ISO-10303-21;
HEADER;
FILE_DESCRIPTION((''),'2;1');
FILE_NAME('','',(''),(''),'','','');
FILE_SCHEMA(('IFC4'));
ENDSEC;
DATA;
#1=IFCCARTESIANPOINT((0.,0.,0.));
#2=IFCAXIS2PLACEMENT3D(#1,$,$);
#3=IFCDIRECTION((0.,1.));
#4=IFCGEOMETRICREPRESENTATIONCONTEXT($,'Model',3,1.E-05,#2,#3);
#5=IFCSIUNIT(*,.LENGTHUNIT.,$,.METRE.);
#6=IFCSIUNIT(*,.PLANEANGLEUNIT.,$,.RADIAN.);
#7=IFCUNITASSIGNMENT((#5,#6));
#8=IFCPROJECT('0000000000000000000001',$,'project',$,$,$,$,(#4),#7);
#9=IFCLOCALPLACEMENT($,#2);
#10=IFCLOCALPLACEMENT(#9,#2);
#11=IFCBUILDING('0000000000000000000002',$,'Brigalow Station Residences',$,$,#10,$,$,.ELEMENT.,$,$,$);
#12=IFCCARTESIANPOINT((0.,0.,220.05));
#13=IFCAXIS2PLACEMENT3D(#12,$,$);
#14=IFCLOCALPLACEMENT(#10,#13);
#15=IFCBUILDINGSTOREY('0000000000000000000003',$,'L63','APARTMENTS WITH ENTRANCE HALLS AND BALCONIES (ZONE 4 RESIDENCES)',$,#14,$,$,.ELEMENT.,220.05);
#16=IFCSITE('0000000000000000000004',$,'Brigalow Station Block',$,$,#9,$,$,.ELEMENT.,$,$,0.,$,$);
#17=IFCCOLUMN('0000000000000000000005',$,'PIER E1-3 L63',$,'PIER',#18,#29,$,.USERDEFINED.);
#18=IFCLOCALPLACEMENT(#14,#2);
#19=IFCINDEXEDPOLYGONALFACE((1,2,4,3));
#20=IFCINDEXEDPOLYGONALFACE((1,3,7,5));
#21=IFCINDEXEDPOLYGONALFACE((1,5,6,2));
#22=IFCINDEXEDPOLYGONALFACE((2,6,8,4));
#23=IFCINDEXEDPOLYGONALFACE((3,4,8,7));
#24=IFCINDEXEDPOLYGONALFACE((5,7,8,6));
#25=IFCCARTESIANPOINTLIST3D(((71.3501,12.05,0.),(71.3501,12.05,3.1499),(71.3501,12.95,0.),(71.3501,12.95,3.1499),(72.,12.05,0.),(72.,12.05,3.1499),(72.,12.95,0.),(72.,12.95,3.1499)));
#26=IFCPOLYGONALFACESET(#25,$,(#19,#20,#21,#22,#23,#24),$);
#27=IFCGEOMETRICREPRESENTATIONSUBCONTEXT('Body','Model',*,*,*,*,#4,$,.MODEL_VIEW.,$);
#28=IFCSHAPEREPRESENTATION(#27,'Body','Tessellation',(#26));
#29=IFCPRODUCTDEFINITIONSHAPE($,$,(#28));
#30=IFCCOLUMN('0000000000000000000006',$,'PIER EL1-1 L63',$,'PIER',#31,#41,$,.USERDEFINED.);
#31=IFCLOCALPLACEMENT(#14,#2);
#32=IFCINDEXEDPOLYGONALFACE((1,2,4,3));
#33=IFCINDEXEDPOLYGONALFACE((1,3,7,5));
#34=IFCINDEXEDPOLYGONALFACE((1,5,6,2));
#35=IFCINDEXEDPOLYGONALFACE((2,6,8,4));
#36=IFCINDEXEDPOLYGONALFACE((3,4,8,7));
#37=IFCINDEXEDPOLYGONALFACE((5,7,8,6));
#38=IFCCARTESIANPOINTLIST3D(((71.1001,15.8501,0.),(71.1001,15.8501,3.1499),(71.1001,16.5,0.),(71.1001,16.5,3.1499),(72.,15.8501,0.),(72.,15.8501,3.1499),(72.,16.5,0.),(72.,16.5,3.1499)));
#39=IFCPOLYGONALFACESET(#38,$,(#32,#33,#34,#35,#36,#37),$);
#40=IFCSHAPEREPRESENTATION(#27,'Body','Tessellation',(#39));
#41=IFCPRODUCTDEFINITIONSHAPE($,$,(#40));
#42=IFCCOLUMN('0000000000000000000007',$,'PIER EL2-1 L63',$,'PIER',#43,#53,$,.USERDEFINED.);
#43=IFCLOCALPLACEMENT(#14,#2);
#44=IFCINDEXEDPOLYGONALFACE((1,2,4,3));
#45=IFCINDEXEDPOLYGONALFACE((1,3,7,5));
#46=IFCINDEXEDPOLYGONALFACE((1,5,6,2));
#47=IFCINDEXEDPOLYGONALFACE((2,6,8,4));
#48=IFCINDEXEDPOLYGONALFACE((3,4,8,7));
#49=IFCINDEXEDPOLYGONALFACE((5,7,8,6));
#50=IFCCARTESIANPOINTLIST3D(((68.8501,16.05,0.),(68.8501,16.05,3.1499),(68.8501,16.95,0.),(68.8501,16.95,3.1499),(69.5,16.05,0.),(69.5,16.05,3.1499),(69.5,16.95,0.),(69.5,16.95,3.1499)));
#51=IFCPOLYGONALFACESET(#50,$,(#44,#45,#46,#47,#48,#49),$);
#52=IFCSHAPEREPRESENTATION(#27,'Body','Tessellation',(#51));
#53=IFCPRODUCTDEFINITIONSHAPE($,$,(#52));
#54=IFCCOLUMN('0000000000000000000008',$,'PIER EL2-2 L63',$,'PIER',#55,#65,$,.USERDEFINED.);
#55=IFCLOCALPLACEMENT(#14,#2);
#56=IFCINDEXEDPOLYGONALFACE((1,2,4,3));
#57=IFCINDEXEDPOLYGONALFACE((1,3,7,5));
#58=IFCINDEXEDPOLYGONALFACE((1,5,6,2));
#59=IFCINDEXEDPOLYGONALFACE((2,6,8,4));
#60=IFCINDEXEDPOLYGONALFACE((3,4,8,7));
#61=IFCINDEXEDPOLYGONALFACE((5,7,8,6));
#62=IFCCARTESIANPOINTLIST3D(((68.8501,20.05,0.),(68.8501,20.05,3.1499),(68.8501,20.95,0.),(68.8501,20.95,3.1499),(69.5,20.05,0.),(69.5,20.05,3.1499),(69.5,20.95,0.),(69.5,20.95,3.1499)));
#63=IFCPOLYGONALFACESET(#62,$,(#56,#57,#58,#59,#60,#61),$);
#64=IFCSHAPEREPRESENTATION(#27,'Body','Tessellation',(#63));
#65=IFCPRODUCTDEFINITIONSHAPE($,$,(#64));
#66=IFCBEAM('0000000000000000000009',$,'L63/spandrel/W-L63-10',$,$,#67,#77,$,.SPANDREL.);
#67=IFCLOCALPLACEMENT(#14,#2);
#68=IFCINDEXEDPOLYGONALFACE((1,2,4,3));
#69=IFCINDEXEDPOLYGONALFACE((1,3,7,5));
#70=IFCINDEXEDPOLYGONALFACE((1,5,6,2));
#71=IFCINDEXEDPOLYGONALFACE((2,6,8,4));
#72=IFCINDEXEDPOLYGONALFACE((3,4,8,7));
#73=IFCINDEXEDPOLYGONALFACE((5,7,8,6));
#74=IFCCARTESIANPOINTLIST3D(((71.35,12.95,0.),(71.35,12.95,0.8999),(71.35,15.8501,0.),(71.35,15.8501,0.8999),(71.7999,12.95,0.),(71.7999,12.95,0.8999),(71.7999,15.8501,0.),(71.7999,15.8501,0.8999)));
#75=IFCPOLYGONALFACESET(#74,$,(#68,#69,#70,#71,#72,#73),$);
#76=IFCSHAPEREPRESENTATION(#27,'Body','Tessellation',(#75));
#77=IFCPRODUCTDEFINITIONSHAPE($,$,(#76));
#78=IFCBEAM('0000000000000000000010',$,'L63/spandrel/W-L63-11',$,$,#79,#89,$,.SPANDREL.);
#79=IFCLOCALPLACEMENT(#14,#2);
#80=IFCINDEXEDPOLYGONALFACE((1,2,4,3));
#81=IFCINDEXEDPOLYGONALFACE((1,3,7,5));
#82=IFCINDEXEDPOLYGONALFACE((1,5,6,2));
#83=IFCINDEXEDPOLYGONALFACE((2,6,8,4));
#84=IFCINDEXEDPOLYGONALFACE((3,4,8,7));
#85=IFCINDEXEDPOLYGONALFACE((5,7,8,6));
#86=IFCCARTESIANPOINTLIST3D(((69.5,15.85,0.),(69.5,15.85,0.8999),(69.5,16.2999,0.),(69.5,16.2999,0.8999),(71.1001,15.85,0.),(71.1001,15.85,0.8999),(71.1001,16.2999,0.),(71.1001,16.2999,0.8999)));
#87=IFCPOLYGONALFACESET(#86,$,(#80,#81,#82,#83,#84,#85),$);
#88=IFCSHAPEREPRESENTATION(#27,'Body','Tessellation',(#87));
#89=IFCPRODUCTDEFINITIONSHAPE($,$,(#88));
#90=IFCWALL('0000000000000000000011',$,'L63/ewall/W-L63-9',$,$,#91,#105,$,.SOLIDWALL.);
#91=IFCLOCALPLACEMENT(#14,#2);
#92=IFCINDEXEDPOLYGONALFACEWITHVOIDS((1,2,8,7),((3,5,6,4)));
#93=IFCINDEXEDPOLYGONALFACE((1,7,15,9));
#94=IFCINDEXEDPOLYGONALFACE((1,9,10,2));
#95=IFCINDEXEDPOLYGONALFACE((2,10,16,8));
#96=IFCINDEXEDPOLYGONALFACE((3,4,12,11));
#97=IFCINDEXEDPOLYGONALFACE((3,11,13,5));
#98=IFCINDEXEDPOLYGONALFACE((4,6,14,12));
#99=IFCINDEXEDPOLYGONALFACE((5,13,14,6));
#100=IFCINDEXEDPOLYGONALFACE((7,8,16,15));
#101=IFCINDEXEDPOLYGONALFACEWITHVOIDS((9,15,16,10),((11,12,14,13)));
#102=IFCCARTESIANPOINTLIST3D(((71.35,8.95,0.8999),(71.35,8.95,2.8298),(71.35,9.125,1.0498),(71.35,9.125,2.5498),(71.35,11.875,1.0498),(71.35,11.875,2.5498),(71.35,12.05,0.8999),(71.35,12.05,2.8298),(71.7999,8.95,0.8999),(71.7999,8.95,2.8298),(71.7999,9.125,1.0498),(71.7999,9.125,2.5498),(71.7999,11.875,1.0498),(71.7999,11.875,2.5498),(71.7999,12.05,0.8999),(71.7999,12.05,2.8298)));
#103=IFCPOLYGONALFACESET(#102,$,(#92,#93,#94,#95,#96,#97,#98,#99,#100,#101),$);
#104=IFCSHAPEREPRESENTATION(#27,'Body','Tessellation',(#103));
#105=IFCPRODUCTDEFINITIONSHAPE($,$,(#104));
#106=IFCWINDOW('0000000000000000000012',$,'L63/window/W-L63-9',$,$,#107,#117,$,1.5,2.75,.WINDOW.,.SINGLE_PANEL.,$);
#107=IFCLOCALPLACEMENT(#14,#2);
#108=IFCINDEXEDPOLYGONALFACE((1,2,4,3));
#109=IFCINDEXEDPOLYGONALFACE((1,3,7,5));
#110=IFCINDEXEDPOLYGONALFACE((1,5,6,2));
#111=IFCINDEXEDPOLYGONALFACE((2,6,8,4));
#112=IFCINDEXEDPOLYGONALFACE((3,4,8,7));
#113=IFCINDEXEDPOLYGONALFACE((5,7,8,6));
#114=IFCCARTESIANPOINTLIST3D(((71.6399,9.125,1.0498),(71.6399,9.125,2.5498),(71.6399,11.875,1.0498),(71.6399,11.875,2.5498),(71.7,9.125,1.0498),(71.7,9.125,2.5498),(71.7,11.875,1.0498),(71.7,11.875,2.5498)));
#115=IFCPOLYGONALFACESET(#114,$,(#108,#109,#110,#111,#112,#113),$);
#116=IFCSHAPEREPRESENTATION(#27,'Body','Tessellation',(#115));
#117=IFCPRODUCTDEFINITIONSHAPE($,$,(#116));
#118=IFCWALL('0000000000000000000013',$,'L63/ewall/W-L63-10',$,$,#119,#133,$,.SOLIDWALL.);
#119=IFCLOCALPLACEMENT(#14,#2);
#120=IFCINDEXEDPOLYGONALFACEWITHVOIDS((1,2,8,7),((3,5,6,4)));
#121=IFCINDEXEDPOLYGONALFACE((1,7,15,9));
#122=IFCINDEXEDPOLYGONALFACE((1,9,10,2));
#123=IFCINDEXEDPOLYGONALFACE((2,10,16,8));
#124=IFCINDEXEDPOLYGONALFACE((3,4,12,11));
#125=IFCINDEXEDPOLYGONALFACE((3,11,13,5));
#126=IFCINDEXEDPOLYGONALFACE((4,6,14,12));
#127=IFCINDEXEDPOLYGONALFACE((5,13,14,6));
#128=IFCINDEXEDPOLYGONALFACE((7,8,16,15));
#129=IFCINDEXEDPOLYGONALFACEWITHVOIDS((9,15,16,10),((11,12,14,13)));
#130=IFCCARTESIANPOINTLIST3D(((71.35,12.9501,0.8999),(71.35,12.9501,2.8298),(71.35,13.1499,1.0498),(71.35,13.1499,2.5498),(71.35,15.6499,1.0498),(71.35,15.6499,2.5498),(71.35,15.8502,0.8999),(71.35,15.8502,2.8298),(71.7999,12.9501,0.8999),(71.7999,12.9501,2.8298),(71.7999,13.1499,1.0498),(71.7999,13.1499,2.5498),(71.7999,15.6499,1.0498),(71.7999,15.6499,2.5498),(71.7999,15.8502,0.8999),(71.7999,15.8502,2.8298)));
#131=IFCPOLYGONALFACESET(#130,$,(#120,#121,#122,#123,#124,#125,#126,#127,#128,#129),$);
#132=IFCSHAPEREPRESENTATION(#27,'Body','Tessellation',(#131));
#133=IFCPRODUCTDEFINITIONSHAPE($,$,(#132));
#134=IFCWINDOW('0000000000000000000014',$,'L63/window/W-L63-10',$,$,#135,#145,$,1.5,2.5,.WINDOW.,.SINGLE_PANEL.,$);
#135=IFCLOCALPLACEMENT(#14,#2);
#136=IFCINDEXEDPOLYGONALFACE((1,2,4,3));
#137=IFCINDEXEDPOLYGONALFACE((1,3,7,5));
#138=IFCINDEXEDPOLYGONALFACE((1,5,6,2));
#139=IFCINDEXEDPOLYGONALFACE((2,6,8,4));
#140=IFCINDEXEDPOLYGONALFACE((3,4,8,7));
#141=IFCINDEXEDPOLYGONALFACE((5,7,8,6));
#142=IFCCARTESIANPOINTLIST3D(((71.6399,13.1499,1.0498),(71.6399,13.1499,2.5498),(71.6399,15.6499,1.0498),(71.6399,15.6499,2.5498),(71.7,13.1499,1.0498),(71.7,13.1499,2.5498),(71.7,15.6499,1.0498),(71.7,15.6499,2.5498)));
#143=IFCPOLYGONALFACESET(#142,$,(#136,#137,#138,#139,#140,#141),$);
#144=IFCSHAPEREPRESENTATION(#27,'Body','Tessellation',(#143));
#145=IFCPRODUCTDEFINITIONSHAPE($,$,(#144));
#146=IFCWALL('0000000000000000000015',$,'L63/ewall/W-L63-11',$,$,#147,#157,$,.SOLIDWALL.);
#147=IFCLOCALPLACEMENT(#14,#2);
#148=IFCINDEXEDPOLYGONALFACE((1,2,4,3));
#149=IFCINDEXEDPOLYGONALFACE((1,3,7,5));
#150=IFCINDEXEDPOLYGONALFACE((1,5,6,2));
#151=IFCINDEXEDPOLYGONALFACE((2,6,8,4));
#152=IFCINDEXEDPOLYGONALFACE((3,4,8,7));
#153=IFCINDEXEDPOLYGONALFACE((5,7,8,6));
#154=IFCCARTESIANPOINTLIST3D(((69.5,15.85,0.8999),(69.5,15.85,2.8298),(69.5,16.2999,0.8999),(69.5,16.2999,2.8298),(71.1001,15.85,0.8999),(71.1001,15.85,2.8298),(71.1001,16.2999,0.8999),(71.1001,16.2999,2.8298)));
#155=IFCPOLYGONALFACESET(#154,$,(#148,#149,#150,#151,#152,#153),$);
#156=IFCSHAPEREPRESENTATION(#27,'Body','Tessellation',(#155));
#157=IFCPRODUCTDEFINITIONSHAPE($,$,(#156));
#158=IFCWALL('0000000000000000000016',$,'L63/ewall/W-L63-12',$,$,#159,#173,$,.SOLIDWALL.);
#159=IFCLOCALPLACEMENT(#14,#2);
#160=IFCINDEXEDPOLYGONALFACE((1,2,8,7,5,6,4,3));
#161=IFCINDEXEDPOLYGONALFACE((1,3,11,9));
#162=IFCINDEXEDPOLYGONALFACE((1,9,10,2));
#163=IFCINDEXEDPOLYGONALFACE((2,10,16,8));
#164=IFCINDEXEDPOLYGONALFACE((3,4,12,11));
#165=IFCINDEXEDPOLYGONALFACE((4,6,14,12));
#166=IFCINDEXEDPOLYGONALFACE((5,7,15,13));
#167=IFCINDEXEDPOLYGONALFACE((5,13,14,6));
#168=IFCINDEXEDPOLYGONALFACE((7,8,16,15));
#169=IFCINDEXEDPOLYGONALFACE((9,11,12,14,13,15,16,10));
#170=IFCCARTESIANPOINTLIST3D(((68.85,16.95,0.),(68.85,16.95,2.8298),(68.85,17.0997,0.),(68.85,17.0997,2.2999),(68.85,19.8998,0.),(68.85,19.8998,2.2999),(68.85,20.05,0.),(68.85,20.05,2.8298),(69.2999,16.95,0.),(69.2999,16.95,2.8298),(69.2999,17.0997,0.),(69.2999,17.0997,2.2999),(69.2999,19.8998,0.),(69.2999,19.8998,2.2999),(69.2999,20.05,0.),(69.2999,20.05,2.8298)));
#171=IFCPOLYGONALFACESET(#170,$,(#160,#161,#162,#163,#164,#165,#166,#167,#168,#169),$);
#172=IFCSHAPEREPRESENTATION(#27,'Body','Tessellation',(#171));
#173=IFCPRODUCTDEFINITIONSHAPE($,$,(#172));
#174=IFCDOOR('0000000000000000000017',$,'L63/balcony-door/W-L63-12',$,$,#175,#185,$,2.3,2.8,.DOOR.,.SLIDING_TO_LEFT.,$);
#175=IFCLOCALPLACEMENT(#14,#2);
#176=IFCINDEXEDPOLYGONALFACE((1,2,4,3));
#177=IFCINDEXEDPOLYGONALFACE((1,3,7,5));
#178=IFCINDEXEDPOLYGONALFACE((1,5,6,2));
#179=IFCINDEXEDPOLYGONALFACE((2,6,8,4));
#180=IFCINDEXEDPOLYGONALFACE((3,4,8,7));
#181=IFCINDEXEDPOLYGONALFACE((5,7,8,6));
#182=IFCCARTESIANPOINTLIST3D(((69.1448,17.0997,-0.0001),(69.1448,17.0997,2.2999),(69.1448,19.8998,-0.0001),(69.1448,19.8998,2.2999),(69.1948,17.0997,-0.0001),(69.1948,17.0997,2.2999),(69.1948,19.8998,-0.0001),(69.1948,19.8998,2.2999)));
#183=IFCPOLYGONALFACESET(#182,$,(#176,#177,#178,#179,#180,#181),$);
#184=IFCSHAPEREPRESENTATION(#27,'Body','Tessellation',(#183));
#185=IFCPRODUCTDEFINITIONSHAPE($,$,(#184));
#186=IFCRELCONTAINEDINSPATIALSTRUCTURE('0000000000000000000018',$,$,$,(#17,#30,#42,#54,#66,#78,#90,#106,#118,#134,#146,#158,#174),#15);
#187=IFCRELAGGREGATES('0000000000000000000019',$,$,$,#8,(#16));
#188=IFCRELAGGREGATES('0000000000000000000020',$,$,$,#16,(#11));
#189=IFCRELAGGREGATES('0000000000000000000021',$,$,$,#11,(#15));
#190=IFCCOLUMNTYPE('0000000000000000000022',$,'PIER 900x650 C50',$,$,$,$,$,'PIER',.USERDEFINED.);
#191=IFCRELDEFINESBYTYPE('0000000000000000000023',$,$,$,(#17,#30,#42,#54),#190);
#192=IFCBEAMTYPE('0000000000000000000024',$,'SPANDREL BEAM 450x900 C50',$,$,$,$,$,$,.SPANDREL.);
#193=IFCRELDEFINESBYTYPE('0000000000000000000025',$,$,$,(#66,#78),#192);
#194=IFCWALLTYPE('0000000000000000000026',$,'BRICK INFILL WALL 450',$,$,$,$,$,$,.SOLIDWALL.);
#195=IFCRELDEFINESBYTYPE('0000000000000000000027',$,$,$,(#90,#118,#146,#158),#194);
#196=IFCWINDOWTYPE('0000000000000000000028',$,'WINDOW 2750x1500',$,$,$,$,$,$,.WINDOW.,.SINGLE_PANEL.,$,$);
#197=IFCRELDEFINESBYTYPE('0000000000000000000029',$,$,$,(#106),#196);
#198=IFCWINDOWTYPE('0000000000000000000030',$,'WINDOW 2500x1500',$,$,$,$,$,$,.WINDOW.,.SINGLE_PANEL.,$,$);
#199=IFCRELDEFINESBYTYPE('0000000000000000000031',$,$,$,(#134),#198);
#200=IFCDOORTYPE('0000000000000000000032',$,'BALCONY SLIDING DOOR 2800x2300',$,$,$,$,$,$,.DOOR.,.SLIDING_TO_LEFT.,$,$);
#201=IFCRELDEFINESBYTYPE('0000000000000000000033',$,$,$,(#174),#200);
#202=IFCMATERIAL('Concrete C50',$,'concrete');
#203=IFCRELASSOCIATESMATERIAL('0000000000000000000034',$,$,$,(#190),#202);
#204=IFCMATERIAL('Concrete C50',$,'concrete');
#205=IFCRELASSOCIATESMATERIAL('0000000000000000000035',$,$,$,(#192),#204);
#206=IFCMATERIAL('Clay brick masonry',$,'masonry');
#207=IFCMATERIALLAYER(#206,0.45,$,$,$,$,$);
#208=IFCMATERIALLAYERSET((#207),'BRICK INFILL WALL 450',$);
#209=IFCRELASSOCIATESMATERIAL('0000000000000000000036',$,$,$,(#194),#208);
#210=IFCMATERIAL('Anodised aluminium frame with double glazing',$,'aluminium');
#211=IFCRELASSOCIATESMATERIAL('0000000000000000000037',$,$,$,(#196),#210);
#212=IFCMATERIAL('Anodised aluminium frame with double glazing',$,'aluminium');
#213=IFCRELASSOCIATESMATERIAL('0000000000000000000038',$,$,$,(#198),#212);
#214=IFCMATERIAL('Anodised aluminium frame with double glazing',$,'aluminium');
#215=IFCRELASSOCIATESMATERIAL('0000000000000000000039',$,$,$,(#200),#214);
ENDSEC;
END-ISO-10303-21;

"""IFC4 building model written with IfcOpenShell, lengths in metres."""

from ifc_helpers import new_model, si_unit, direction, frame, frame_2d, origin, origin_2d, place, context, subcontext, project, spatial, rectangle, extrude, material, layer, layer_set, material_profile, profile_set, type_object, element, fill, save


model = new_model("IFC4")

# Units and contexts
model_context = context("Model", 3, precision=1e-05, world=origin(), true_north=direction((0.0, 1.0)))
body_context = subcontext(model_context, "Body", "Model", "MODEL_VIEW")
ifc_project = project(units=[si_unit("LENGTHUNIT", "METRE"), si_unit("PLANEANGLEUNIT", "RADIAN")], contexts=[model_context])

# Site, building, storey
site_placement = place(None, origin())
site = spatial("IfcSite", under=ifc_project, at=site_placement, Name="Brigalow Station Block", CompositionType="ELEMENT", RefElevation=0.0)
building_placement = place(site_placement, origin())
building = spatial("IfcBuilding", under=site, at=building_placement, Name="Brigalow Station Residences", CompositionType="ELEMENT")
storey_placement = place(building_placement, frame((0.0, 0.0, 220.05)))
storey = spatial("IfcBuildingStorey", under=building, at=storey_placement, Name="L63", Description="APARTMENTS WITH ENTRANCE HALLS AND BALCONIES (ZONE 4 RESIDENCES)", CompositionType="ELEMENT", Elevation=220.05)

# Columns
ifc_material_1 = material(Name="Concrete C50", Category="concrete")
ifc_material_profile_1 = material_profile(ifc_material_1, rectangle(XDim=0.8999, YDim=0.6499, at=origin_2d()), Name="RC900x650")
ifc_profile_set_1 = profile_set([ifc_material_profile_1], Name="Concrete C50")
column_type = type_object("IfcColumnType", Name="PIER 900x650 C50", ElementType="PIER", PredefinedType="USERDEFINED", material=ifc_profile_set_1)
for number, where, z_axis, x_axis, name in (
    (1, (71.675, 12.5, 0.0), (0.0, 0.0, 1.0), (0.0, 1.0, 0.0), "PIER E1-3 L63"),
    (2, (71.55, 16.175, 0.0), (0.0, 0.0, 1.0), (-1.0, 0.0, 0.0), "PIER EL1-1 L63"),
    (3, (69.175, 16.5, 0.0), (0.0, 0.0, 1.0), (0.0, 1.0, 0.0), "PIER EL2-1 L63"),
    (4, (69.175, 20.5, 0.0), (0.0, 0.0, 1.0), (0.0, 1.0, 0.0), "PIER EL2-2 L63"),
):
    element("IfcColumn", number, at=place(storey_placement, frame(where, z_axis=z_axis, x_axis=x_axis)), inside=storey, type_object=column_type, Name=name, ObjectType="PIER", PredefinedType="USERDEFINED", context=body_context, shape_type="SweptSolid", body=[
        extrude(rectangle(XDim=0.8999, YDim=0.6499, at=origin_2d()), origin(), (0.0, 0.0, 1.0), 3.1499),
    ])

# Beams
ifc_material_2 = material(Name="Concrete C50", Category="concrete")
ifc_material_profile_2 = material_profile(ifc_material_2, rectangle(XDim=0.45, YDim=0.8999, at=origin_2d()), Name="RC450x900")
ifc_profile_set_2 = profile_set([ifc_material_profile_2], Name="Concrete C50")
beam_type = type_object("IfcBeamType", Name="SPANDREL BEAM 450x900 C50", PredefinedType="SPANDREL", material=ifc_profile_set_2)
beam_1_placement = place(storey_placement, frame((71.575, 12.95, 0.45), z_axis=(0.0, 1.0, 0.0), x_axis=(-1.0, 0.0, 0.0)))
element("IfcBeam", 5, at=beam_1_placement, inside=storey, type_object=beam_type, Name="L63/spandrel/W-L63-10", PredefinedType="SPANDREL", context=body_context, shape_type="SweptSolid", body=[
    extrude(rectangle(XDim=0.45, YDim=0.8999, at=origin_2d()), origin(), (0.0, 0.0, 1.0), 2.9001),
])
beam_2_placement = place(storey_placement, frame((71.1001, 16.075, 0.45), z_axis=(-1.0, 0.0, 0.0), x_axis=(0.0, -1.0, 0.0)))
element("IfcBeam", 6, at=beam_2_placement, inside=storey, type_object=beam_type, Name="L63/spandrel/W-L63-11", PredefinedType="SPANDREL", context=body_context, shape_type="SweptSolid", body=[
    extrude(rectangle(XDim=0.45, YDim=0.8999, at=origin_2d()), origin(), (0.0, 0.0, 1.0), 1.6001),
])

# Walls, openings, windows
ifc_material_3 = material(Name="Clay brick masonry", Category="masonry")
ifc_layer = layer(ifc_material_3, 0.45)
ifc_layer_set = layer_set([ifc_layer], Name="BRICK INFILL WALL 450")
wall_type = type_object("IfcWallType", Name="BRICK INFILL WALL 450", PredefinedType="SOLIDWALL", material=ifc_layer_set)
wall_1_placement = place(storey_placement, frame((71.575, 8.95, 0.8999), z_axis=(0.0, 0.0, 1.0), x_axis=(0.0, 1.0, 0.0)))
wall_1 = element("IfcWall", 7, at=wall_1_placement, inside=storey, type_object=wall_type, Name="L63/ewall/W-L63-9", PredefinedType="SOLIDWALL", context=body_context, shape_type="SweptSolid", body=[
    extrude(rectangle(XDim=3.1001, YDim=0.45, at=frame_2d((1.55, 0.0))), origin(), (0.0, 0.0, 1.0), 1.9299),
])
opening_1_placement = place(wall_1_placement, frame((0.175, 0.0, 0.1499)))
opening_1 = element("IfcOpeningElement", 8, at=opening_1_placement, cuts=wall_1, PredefinedType="OPENING", context=body_context, shape_type="SweptSolid", body=[
    extrude(rectangle(XDim=2.75, YDim=1.5, at=frame_2d((1.375, 0.75))), frame((0.0, 0.2349, 0.0), z_axis=(0.0, -1.0, 0.0), x_axis=(1.0, 0.0, 0.0)), (0.0, 0.0, 1.0), 0.47),
])
ifc_material_4 = material(Name="Anodised aluminium frame with double glazing", Category="aluminium")
window_type_1 = type_object("IfcWindowType", Name="WINDOW 2750x1500", PartitioningType="SINGLE_PANEL", PredefinedType="WINDOW", material=ifc_material_4)
window_1_placement = place(opening_1_placement, origin())
window_1 = element("IfcWindow", 9, at=window_1_placement, inside=storey, type_object=window_type_1, Name="L63/window/W-L63-9", OverallHeight=1.5, OverallWidth=2.75, PartitioningType="SINGLE_PANEL", PredefinedType="WINDOW", context=body_context, shape_type="SweptSolid", body=[
    extrude(rectangle(XDim=2.75, YDim=1.5, at=frame_2d((1.375, 0.75))), frame((0.0, -0.0649, 0.0), z_axis=(0.0, -1.0, 0.0), x_axis=(1.0, 0.0, 0.0)), (0.0, 0.0, 1.0), 0.0601),
])
fill(opening_1, window_1)
wall_2_placement = place(storey_placement, frame((71.575, 12.95, 0.8999), z_axis=(0.0, 0.0, 1.0), x_axis=(0.0, 1.0, 0.0)))
wall_2 = element("IfcWall", 10, at=wall_2_placement, inside=storey, type_object=wall_type, Name="L63/ewall/W-L63-10", PredefinedType="SOLIDWALL", context=body_context, shape_type="SweptSolid", body=[
    extrude(rectangle(XDim=2.9001, YDim=0.45, at=frame_2d((1.4502, 0.0))), origin(), (0.0, 0.0, 1.0), 1.9299),
])
opening_2_placement = place(wall_2_placement, frame((0.2, 0.0, 0.1499)))
opening_2 = element("IfcOpeningElement", 11, at=opening_2_placement, cuts=wall_2, PredefinedType="OPENING", context=body_context, shape_type="SweptSolid", body=[
    extrude(rectangle(XDim=2.5, YDim=1.5, at=frame_2d((1.25, 0.75))), frame((0.0, 0.2349, 0.0), z_axis=(0.0, -1.0, 0.0), x_axis=(1.0, 0.0, 0.0)), (0.0, 0.0, 1.0), 0.47),
])
ifc_material_5 = material(Name="Anodised aluminium frame with double glazing", Category="aluminium")
window_type_2 = type_object("IfcWindowType", Name="WINDOW 2500x1500", PartitioningType="SINGLE_PANEL", PredefinedType="WINDOW", material=ifc_material_5)
window_2_placement = place(opening_2_placement, origin())
window_2 = element("IfcWindow", 12, at=window_2_placement, inside=storey, type_object=window_type_2, Name="L63/window/W-L63-10", OverallHeight=1.5, OverallWidth=2.5, PartitioningType="SINGLE_PANEL", PredefinedType="WINDOW", context=body_context, shape_type="SweptSolid", body=[
    extrude(rectangle(XDim=2.5, YDim=1.5, at=frame_2d((1.25, 0.75))), frame((0.0, -0.0649, 0.0), z_axis=(0.0, -1.0, 0.0), x_axis=(1.0, 0.0, 0.0)), (0.0, 0.0, 1.0), 0.0601),
])
fill(opening_2, window_2)

# Wall
wall_3_placement = place(storey_placement, frame((71.1001, 16.075, 0.8999), z_axis=(0.0, 0.0, 1.0), x_axis=(-1.0, 0.0, 0.0)))
element("IfcWall", 13, at=wall_3_placement, inside=storey, type_object=wall_type, Name="L63/ewall/W-L63-11", PredefinedType="SOLIDWALL", context=body_context, shape_type="SweptSolid", body=[
    extrude(rectangle(XDim=1.6001, YDim=0.45, at=frame_2d((0.8, 0.0))), origin(), (0.0, 0.0, 1.0), 1.9299),
])

# Wall, opening, door
wall_4_placement = place(storey_placement, frame((69.075, 16.95, 0.0), z_axis=(0.0, 0.0, 1.0), x_axis=(0.0, 1.0, 0.0)))
wall_4 = element("IfcWall", 14, at=wall_4_placement, inside=storey, type_object=wall_type, Name="L63/ewall/W-L63-12", PredefinedType="SOLIDWALL", context=body_context, shape_type="SweptSolid", body=[
    extrude(rectangle(XDim=3.1001, YDim=0.45, at=frame_2d((1.55, 0.0))), origin(), (0.0, 0.0, 1.0), 2.8298),
])
opening_3_placement = place(wall_4_placement, frame((0.1499, 0.0, 0.0)))
opening_3 = element("IfcOpeningElement", 15, at=opening_3_placement, cuts=wall_4, PredefinedType="OPENING", context=body_context, shape_type="SweptSolid", body=[
    extrude(rectangle(XDim=2.8, YDim=2.3, at=frame_2d((1.3999, 1.1499))), frame((0.0, 0.2349, 0.0), z_axis=(0.0, -1.0, 0.0), x_axis=(1.0, 0.0, 0.0)), (0.0, 0.0, 1.0), 0.47),
])
ifc_material_6 = material(Name="Anodised aluminium frame with double glazing", Category="aluminium")
door_type = type_object("IfcDoorType", Name="BALCONY SLIDING DOOR 2800x2300", OperationType="SLIDING_TO_LEFT", PredefinedType="DOOR", material=ifc_material_6)
door_1_placement = place(opening_3_placement, origin())
door_1 = element("IfcDoor", 16, at=door_1_placement, inside=storey, type_object=door_type, Name="L63/balcony-door/W-L63-12", OperationType="SLIDING_TO_LEFT", OverallHeight=2.3, OverallWidth=2.8, PredefinedType="DOOR", context=body_context, shape_type="SweptSolid", body=[
    extrude(rectangle(XDim=2.8, YDim=2.3, at=frame_2d((1.3999, 1.1499))), frame((0.0, -0.0698, 0.0), z_axis=(0.0, -1.0, 0.0), x_axis=(1.0, 0.0, 0.0)), (0.0, 0.0, 1.0), 0.05),
])
fill(opening_3, door_1)

save(model, "model.ifc")
